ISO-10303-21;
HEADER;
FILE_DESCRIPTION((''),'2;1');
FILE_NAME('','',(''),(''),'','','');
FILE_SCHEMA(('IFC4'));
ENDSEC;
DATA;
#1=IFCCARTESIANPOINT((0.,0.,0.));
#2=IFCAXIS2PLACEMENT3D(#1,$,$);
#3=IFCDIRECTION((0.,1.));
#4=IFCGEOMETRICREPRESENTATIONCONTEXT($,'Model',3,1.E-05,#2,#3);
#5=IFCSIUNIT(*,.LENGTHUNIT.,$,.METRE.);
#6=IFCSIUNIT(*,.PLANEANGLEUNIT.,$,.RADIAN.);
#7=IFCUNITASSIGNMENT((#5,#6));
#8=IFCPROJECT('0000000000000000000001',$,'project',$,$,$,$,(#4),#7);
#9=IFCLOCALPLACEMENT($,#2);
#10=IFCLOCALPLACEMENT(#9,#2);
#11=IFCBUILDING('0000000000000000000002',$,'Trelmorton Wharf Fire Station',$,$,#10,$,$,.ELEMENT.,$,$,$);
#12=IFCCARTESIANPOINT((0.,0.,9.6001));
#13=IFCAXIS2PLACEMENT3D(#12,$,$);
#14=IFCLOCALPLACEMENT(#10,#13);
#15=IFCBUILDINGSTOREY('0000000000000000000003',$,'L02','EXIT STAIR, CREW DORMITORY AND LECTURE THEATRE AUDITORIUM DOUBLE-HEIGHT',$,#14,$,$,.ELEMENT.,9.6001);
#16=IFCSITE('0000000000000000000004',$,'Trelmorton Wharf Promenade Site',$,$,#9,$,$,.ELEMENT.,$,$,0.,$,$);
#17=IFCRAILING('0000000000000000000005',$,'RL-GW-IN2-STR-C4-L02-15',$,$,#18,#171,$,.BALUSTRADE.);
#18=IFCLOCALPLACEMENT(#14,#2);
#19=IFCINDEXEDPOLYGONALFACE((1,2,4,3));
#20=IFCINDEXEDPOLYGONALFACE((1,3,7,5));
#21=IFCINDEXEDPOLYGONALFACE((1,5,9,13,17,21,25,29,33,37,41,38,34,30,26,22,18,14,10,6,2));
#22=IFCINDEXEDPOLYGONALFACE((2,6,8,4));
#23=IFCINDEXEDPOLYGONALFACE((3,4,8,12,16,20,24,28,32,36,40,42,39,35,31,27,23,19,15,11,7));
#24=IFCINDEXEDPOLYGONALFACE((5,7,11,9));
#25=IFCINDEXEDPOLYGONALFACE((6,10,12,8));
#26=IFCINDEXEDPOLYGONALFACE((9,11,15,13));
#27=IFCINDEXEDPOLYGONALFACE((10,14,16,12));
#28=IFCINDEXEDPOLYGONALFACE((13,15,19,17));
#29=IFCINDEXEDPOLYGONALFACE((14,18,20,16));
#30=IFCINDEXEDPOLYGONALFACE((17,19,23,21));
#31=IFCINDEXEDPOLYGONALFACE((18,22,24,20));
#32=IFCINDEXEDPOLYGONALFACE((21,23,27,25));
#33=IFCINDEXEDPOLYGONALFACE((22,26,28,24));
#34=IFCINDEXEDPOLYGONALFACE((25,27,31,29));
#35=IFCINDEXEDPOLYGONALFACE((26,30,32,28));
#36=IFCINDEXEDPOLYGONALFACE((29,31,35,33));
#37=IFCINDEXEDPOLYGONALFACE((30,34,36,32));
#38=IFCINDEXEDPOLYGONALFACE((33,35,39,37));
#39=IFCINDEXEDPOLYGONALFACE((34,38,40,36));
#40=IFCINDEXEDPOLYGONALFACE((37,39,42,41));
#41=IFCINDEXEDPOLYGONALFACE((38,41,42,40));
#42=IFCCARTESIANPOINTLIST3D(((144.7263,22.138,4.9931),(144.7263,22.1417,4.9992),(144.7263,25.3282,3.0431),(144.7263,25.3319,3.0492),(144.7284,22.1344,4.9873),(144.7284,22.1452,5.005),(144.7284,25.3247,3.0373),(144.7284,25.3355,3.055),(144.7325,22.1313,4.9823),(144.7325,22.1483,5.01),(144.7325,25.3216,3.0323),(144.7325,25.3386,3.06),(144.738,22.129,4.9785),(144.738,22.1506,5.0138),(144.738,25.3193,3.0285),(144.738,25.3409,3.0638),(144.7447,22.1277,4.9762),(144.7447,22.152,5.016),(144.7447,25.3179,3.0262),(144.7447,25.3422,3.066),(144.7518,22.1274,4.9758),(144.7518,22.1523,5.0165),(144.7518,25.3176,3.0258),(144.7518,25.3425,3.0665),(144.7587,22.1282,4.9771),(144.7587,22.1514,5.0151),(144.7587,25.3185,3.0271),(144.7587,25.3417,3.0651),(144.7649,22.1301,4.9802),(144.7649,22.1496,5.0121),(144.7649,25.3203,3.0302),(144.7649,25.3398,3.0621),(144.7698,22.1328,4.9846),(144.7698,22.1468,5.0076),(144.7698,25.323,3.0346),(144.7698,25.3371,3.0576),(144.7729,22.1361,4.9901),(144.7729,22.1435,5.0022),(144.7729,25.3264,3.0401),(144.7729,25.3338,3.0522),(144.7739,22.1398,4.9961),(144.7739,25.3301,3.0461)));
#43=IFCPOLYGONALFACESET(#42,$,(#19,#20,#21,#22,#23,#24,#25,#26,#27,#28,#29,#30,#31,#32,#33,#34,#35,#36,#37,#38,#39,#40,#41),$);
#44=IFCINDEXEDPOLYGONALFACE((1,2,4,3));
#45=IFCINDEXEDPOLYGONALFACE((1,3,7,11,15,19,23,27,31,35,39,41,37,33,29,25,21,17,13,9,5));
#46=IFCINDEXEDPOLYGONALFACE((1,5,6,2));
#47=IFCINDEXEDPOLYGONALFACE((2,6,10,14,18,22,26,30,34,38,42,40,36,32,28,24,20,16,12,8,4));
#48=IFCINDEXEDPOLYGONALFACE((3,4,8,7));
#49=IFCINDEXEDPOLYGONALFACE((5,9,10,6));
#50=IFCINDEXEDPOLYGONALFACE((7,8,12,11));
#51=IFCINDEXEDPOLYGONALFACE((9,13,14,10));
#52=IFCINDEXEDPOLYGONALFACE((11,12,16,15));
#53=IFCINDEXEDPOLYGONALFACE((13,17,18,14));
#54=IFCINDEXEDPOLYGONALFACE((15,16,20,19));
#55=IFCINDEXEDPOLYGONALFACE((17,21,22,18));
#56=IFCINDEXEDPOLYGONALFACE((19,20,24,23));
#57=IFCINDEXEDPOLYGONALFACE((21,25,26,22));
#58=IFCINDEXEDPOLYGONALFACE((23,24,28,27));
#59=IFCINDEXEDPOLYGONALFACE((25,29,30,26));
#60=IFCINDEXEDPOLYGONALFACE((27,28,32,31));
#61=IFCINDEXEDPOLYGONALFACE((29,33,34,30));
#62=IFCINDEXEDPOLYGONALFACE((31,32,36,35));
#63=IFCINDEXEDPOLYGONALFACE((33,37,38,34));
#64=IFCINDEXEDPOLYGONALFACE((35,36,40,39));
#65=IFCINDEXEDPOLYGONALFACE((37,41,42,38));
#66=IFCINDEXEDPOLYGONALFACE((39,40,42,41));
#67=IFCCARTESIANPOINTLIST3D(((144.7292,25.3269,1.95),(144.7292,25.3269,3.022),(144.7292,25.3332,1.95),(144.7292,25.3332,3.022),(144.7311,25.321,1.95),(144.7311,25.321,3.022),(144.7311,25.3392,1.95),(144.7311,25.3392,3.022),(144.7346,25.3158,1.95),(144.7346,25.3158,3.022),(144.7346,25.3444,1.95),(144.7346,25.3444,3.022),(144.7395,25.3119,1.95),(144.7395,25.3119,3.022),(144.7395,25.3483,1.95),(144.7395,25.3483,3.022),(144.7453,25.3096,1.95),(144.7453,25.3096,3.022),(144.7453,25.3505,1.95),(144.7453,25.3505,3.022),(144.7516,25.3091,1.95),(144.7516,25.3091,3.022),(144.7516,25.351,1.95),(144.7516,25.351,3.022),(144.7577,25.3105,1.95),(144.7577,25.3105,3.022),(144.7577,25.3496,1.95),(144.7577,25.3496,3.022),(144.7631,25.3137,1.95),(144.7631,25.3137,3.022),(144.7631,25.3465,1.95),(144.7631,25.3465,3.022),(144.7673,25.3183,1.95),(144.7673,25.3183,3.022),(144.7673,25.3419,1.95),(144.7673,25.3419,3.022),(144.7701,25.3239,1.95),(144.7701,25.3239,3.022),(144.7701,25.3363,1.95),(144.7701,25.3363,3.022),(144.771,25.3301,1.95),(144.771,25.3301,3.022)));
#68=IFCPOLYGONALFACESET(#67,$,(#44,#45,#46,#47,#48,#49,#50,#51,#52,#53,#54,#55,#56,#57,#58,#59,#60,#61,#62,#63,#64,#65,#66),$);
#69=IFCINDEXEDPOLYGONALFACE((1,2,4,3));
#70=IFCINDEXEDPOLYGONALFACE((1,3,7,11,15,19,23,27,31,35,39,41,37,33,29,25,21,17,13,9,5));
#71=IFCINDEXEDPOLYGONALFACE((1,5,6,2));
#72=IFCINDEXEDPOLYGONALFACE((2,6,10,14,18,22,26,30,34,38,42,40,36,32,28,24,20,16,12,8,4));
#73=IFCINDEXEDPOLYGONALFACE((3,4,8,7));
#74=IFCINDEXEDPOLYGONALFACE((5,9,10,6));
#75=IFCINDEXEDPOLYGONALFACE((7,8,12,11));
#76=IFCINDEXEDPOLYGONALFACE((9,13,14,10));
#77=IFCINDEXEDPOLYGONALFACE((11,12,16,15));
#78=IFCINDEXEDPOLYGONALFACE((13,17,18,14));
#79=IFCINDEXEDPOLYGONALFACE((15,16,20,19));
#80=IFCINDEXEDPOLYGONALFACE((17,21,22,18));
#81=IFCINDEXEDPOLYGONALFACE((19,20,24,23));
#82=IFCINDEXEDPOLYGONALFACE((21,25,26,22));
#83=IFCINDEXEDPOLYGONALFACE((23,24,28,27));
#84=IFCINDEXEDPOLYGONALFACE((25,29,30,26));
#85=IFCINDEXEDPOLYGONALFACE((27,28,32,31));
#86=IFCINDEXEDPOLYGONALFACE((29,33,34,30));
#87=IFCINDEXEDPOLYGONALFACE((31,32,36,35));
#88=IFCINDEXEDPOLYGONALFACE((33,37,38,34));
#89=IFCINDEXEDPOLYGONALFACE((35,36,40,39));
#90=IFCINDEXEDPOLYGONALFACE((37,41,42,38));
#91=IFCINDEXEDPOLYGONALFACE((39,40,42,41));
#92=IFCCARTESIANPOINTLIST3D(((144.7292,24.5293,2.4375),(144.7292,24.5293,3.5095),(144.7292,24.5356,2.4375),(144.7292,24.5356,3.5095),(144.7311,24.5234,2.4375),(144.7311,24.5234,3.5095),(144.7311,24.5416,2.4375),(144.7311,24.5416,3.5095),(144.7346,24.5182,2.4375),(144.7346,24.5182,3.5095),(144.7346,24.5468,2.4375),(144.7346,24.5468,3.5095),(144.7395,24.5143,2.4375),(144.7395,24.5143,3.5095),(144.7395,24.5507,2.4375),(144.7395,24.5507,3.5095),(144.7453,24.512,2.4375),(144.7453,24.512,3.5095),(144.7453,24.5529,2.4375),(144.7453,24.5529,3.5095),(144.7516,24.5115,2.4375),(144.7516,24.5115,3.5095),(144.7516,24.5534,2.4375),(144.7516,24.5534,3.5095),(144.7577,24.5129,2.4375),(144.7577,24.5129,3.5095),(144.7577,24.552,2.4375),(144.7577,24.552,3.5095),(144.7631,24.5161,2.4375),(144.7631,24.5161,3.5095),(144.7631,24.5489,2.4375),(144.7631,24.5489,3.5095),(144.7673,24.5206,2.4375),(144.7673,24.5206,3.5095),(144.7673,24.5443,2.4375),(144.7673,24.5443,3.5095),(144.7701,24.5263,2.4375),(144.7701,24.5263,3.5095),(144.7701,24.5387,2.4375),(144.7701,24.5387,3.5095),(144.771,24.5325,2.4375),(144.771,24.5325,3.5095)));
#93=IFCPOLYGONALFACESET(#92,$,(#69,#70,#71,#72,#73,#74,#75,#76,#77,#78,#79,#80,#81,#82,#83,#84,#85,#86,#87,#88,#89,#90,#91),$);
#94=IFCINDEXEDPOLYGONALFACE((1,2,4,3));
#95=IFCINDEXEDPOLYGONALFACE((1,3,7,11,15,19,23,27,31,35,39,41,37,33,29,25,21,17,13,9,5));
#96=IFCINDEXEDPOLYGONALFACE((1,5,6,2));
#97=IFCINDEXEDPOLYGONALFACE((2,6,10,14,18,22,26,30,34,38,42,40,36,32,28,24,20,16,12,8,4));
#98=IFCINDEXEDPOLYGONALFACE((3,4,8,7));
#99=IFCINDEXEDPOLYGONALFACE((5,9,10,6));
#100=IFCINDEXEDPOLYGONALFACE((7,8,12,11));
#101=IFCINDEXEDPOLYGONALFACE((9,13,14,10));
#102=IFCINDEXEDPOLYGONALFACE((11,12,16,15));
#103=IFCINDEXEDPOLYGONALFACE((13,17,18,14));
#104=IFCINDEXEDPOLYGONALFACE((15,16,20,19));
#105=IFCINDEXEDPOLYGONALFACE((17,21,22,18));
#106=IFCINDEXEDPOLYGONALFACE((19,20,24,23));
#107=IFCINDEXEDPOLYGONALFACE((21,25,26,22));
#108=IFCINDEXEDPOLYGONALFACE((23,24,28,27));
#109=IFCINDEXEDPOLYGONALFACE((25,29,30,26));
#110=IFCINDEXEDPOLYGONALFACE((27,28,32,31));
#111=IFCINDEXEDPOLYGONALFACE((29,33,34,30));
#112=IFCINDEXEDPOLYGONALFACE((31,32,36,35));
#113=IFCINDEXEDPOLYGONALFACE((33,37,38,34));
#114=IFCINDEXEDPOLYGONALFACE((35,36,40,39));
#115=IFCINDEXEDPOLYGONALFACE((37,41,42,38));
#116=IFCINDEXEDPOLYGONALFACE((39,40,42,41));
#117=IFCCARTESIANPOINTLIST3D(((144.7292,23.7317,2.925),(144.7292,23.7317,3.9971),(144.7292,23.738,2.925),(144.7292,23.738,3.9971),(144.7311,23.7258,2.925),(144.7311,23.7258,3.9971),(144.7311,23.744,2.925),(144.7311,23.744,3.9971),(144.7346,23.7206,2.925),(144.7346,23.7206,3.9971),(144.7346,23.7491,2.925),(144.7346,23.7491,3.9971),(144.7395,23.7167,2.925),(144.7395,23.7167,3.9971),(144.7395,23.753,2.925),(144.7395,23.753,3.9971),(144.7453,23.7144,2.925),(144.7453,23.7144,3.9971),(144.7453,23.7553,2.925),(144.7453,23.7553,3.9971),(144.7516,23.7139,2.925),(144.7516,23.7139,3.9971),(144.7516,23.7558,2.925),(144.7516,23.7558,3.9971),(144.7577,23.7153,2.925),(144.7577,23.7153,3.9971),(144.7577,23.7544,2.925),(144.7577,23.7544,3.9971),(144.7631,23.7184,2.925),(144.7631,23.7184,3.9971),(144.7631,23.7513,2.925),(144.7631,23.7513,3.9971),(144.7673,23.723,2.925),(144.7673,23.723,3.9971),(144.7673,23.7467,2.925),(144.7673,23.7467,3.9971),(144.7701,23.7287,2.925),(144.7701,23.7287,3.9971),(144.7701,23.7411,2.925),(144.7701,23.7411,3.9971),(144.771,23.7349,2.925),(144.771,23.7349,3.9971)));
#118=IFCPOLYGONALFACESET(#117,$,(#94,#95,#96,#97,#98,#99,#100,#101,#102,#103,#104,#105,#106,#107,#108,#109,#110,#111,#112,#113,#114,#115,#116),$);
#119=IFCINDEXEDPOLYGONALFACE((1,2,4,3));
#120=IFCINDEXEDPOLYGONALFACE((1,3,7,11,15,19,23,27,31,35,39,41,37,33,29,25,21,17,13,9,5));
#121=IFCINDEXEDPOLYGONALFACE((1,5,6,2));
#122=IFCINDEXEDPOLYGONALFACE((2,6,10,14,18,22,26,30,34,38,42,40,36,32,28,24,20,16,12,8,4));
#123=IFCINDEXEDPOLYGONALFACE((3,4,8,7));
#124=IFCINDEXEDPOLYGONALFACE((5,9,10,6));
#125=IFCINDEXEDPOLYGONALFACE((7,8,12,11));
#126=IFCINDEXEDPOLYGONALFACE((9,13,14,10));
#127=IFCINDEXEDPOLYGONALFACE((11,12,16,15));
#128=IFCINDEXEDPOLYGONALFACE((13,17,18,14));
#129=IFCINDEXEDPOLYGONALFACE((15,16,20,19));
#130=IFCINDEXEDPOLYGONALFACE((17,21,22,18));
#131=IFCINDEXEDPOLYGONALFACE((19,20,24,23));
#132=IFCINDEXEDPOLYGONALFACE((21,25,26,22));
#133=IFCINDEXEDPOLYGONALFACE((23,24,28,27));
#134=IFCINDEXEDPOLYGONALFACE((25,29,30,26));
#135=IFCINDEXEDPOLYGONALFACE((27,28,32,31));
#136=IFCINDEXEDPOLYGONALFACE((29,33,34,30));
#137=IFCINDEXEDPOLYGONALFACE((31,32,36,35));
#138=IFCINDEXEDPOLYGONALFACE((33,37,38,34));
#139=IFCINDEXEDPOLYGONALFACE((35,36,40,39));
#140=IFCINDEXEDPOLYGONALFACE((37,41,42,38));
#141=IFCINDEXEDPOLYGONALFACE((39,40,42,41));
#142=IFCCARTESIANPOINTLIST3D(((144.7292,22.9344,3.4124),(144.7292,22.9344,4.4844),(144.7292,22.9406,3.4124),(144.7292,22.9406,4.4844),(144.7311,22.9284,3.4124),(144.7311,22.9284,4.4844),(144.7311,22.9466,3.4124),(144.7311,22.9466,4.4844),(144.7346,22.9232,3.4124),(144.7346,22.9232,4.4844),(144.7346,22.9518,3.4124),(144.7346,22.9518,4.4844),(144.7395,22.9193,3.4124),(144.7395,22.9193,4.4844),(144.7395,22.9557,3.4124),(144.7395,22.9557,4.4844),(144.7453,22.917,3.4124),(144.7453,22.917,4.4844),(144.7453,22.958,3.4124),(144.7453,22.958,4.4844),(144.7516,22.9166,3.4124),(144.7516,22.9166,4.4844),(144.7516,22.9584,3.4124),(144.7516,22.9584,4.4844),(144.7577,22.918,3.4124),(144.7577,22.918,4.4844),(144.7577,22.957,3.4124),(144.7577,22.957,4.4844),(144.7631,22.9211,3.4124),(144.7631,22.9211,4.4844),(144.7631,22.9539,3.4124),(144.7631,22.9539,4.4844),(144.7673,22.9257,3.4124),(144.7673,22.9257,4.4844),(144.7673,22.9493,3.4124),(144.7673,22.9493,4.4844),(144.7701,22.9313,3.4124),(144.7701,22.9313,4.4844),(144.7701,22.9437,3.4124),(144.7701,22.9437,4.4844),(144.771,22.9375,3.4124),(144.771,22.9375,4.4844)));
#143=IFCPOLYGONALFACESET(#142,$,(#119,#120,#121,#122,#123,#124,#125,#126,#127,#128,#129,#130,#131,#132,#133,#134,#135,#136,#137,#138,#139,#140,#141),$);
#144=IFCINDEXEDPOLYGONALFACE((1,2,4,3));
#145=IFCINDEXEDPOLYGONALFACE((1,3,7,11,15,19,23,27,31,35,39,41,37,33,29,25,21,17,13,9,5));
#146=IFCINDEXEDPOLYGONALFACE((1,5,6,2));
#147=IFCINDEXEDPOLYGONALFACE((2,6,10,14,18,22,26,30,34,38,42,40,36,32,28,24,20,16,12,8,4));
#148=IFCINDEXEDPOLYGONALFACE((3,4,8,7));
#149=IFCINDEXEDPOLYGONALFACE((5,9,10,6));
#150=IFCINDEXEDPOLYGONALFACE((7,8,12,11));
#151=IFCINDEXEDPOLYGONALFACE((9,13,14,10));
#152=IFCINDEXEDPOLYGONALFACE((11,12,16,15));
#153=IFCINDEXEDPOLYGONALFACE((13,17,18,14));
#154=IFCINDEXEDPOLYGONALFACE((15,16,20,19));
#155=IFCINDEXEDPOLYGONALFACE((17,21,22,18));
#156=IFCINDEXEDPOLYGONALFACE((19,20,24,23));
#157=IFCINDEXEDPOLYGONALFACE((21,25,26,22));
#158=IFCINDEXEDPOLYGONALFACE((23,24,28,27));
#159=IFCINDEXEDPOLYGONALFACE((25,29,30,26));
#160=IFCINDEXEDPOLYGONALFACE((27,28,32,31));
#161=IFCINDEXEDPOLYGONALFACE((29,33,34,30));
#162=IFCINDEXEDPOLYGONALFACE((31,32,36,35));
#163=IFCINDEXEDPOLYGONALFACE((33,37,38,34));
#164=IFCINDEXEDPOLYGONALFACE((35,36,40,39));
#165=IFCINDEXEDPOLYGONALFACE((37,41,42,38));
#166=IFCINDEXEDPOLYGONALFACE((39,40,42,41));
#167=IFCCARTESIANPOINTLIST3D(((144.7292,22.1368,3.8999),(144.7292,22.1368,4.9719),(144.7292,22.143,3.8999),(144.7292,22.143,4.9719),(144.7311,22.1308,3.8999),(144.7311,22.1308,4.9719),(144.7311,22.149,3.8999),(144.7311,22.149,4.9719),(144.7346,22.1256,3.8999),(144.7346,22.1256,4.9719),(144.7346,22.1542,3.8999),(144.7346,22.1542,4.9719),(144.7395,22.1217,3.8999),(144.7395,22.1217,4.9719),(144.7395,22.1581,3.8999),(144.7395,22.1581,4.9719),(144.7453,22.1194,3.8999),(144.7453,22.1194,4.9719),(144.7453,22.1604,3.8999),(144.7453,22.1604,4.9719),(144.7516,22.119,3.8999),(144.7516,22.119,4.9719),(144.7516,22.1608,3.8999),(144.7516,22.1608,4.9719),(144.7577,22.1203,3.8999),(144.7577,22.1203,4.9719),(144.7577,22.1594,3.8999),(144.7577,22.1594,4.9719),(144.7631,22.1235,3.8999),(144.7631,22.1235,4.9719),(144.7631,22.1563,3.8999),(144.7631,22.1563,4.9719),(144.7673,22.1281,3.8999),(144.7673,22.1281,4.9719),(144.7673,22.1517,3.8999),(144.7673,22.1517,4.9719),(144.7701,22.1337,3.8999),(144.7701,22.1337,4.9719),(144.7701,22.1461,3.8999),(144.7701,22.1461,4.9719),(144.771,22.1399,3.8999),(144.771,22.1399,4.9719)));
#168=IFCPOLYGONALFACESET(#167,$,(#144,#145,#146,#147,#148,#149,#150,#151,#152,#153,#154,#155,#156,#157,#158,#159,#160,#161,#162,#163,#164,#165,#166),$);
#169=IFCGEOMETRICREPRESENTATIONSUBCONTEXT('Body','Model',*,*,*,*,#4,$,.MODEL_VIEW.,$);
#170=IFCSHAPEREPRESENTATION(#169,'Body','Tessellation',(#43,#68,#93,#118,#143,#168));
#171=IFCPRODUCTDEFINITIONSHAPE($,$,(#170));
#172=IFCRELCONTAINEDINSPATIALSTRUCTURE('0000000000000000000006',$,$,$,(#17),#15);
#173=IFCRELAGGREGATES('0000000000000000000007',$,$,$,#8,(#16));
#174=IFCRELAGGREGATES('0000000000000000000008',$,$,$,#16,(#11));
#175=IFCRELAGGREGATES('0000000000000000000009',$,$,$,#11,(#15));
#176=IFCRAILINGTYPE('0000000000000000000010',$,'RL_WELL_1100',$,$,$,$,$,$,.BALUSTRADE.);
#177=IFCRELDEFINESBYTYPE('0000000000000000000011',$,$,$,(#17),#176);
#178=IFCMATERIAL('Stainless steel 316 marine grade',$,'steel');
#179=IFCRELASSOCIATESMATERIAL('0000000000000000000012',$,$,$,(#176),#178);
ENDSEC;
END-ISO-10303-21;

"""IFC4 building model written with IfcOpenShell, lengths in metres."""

from ifc_helpers import new_model, si_unit, direction, frame, origin, origin_2d, place, context, subcontext, project, spatial, circle, extrude, material, type_object, element, save


model = new_model("IFC4")

# Units and contexts
model_context = context("Model", 3, precision=1e-05, world=origin(), true_north=direction((0.0, 1.0)))
body_context = subcontext(model_context, "Body", "Model", "MODEL_VIEW")
ifc_project = project(units=[si_unit("LENGTHUNIT", "METRE"), si_unit("PLANEANGLEUNIT", "RADIAN")], contexts=[model_context])

# Site, building, storey
site_placement = place(None, origin())
site = spatial("IfcSite", under=ifc_project, at=site_placement, Name="Trelmorton Wharf Promenade Site", CompositionType="ELEMENT", RefElevation=0.0)
building_placement = place(site_placement, origin())
building = spatial("IfcBuilding", under=site, at=building_placement, Name="Trelmorton Wharf Fire Station", CompositionType="ELEMENT")
storey_placement = place(building_placement, frame((0.0, 0.0, 9.6001)))
storey = spatial("IfcBuildingStorey", under=building, at=storey_placement, Name="L02", Description="EXIT STAIR, CREW DORMITORY AND LECTURE THEATRE AUDITORIUM DOUBLE-HEIGHT", CompositionType="ELEMENT", Elevation=9.6001)

# Shared definitions
ifc_material_1 = material(Name="Stainless steel 316 marine grade", Category="steel")

# Railing
railing_type_1 = type_object("IfcRailingType", Name="RL_WELL_1100", PredefinedType="BALUSTRADE", material=ifc_material_1)
railing_1_placement = place(storey_placement, frame((144.75, 25.3301, 1.95)))
element("IfcRailing", 1, at=railing_1_placement, inside=storey, type_object=railing_type_1, Name="RL-GW-IN2-STR-C4-L02-15", PredefinedType="BALUSTRADE", context=body_context, shape_type="SweptSolid", body=[
    extrude(circle(Radius=0.0239, at=origin_2d()), frame((0.0, 0.0, 1.0962), z_axis=(0.0, -0.853235, 0.521527), x_axis=(1.0, 0.0, 0.0)), (0.0, 0.0, 1.0), 3.739),
    extrude(circle(Radius=0.021, at=origin_2d()), origin(), (0.0, 0.0, 1.0), 1.072),
    extrude(circle(Radius=0.021, at=origin_2d()), frame((0.0, -0.7976, 0.4875)), (0.0, 0.0, 1.0), 1.072),
    extrude(circle(Radius=0.021, at=origin_2d()), frame((0.0, -1.5952, 0.9751)), (0.0, 0.0, 1.0), 1.072),
    extrude(circle(Radius=0.021, at=origin_2d()), frame((0.0, -2.3926, 1.4624)), (0.0, 0.0, 1.0), 1.072),
    extrude(circle(Radius=0.021, at=origin_2d()), frame((0.0, -3.1902, 1.95)), (0.0, 0.0, 1.0), 1.072),
])

save(model, "model.ifc")
